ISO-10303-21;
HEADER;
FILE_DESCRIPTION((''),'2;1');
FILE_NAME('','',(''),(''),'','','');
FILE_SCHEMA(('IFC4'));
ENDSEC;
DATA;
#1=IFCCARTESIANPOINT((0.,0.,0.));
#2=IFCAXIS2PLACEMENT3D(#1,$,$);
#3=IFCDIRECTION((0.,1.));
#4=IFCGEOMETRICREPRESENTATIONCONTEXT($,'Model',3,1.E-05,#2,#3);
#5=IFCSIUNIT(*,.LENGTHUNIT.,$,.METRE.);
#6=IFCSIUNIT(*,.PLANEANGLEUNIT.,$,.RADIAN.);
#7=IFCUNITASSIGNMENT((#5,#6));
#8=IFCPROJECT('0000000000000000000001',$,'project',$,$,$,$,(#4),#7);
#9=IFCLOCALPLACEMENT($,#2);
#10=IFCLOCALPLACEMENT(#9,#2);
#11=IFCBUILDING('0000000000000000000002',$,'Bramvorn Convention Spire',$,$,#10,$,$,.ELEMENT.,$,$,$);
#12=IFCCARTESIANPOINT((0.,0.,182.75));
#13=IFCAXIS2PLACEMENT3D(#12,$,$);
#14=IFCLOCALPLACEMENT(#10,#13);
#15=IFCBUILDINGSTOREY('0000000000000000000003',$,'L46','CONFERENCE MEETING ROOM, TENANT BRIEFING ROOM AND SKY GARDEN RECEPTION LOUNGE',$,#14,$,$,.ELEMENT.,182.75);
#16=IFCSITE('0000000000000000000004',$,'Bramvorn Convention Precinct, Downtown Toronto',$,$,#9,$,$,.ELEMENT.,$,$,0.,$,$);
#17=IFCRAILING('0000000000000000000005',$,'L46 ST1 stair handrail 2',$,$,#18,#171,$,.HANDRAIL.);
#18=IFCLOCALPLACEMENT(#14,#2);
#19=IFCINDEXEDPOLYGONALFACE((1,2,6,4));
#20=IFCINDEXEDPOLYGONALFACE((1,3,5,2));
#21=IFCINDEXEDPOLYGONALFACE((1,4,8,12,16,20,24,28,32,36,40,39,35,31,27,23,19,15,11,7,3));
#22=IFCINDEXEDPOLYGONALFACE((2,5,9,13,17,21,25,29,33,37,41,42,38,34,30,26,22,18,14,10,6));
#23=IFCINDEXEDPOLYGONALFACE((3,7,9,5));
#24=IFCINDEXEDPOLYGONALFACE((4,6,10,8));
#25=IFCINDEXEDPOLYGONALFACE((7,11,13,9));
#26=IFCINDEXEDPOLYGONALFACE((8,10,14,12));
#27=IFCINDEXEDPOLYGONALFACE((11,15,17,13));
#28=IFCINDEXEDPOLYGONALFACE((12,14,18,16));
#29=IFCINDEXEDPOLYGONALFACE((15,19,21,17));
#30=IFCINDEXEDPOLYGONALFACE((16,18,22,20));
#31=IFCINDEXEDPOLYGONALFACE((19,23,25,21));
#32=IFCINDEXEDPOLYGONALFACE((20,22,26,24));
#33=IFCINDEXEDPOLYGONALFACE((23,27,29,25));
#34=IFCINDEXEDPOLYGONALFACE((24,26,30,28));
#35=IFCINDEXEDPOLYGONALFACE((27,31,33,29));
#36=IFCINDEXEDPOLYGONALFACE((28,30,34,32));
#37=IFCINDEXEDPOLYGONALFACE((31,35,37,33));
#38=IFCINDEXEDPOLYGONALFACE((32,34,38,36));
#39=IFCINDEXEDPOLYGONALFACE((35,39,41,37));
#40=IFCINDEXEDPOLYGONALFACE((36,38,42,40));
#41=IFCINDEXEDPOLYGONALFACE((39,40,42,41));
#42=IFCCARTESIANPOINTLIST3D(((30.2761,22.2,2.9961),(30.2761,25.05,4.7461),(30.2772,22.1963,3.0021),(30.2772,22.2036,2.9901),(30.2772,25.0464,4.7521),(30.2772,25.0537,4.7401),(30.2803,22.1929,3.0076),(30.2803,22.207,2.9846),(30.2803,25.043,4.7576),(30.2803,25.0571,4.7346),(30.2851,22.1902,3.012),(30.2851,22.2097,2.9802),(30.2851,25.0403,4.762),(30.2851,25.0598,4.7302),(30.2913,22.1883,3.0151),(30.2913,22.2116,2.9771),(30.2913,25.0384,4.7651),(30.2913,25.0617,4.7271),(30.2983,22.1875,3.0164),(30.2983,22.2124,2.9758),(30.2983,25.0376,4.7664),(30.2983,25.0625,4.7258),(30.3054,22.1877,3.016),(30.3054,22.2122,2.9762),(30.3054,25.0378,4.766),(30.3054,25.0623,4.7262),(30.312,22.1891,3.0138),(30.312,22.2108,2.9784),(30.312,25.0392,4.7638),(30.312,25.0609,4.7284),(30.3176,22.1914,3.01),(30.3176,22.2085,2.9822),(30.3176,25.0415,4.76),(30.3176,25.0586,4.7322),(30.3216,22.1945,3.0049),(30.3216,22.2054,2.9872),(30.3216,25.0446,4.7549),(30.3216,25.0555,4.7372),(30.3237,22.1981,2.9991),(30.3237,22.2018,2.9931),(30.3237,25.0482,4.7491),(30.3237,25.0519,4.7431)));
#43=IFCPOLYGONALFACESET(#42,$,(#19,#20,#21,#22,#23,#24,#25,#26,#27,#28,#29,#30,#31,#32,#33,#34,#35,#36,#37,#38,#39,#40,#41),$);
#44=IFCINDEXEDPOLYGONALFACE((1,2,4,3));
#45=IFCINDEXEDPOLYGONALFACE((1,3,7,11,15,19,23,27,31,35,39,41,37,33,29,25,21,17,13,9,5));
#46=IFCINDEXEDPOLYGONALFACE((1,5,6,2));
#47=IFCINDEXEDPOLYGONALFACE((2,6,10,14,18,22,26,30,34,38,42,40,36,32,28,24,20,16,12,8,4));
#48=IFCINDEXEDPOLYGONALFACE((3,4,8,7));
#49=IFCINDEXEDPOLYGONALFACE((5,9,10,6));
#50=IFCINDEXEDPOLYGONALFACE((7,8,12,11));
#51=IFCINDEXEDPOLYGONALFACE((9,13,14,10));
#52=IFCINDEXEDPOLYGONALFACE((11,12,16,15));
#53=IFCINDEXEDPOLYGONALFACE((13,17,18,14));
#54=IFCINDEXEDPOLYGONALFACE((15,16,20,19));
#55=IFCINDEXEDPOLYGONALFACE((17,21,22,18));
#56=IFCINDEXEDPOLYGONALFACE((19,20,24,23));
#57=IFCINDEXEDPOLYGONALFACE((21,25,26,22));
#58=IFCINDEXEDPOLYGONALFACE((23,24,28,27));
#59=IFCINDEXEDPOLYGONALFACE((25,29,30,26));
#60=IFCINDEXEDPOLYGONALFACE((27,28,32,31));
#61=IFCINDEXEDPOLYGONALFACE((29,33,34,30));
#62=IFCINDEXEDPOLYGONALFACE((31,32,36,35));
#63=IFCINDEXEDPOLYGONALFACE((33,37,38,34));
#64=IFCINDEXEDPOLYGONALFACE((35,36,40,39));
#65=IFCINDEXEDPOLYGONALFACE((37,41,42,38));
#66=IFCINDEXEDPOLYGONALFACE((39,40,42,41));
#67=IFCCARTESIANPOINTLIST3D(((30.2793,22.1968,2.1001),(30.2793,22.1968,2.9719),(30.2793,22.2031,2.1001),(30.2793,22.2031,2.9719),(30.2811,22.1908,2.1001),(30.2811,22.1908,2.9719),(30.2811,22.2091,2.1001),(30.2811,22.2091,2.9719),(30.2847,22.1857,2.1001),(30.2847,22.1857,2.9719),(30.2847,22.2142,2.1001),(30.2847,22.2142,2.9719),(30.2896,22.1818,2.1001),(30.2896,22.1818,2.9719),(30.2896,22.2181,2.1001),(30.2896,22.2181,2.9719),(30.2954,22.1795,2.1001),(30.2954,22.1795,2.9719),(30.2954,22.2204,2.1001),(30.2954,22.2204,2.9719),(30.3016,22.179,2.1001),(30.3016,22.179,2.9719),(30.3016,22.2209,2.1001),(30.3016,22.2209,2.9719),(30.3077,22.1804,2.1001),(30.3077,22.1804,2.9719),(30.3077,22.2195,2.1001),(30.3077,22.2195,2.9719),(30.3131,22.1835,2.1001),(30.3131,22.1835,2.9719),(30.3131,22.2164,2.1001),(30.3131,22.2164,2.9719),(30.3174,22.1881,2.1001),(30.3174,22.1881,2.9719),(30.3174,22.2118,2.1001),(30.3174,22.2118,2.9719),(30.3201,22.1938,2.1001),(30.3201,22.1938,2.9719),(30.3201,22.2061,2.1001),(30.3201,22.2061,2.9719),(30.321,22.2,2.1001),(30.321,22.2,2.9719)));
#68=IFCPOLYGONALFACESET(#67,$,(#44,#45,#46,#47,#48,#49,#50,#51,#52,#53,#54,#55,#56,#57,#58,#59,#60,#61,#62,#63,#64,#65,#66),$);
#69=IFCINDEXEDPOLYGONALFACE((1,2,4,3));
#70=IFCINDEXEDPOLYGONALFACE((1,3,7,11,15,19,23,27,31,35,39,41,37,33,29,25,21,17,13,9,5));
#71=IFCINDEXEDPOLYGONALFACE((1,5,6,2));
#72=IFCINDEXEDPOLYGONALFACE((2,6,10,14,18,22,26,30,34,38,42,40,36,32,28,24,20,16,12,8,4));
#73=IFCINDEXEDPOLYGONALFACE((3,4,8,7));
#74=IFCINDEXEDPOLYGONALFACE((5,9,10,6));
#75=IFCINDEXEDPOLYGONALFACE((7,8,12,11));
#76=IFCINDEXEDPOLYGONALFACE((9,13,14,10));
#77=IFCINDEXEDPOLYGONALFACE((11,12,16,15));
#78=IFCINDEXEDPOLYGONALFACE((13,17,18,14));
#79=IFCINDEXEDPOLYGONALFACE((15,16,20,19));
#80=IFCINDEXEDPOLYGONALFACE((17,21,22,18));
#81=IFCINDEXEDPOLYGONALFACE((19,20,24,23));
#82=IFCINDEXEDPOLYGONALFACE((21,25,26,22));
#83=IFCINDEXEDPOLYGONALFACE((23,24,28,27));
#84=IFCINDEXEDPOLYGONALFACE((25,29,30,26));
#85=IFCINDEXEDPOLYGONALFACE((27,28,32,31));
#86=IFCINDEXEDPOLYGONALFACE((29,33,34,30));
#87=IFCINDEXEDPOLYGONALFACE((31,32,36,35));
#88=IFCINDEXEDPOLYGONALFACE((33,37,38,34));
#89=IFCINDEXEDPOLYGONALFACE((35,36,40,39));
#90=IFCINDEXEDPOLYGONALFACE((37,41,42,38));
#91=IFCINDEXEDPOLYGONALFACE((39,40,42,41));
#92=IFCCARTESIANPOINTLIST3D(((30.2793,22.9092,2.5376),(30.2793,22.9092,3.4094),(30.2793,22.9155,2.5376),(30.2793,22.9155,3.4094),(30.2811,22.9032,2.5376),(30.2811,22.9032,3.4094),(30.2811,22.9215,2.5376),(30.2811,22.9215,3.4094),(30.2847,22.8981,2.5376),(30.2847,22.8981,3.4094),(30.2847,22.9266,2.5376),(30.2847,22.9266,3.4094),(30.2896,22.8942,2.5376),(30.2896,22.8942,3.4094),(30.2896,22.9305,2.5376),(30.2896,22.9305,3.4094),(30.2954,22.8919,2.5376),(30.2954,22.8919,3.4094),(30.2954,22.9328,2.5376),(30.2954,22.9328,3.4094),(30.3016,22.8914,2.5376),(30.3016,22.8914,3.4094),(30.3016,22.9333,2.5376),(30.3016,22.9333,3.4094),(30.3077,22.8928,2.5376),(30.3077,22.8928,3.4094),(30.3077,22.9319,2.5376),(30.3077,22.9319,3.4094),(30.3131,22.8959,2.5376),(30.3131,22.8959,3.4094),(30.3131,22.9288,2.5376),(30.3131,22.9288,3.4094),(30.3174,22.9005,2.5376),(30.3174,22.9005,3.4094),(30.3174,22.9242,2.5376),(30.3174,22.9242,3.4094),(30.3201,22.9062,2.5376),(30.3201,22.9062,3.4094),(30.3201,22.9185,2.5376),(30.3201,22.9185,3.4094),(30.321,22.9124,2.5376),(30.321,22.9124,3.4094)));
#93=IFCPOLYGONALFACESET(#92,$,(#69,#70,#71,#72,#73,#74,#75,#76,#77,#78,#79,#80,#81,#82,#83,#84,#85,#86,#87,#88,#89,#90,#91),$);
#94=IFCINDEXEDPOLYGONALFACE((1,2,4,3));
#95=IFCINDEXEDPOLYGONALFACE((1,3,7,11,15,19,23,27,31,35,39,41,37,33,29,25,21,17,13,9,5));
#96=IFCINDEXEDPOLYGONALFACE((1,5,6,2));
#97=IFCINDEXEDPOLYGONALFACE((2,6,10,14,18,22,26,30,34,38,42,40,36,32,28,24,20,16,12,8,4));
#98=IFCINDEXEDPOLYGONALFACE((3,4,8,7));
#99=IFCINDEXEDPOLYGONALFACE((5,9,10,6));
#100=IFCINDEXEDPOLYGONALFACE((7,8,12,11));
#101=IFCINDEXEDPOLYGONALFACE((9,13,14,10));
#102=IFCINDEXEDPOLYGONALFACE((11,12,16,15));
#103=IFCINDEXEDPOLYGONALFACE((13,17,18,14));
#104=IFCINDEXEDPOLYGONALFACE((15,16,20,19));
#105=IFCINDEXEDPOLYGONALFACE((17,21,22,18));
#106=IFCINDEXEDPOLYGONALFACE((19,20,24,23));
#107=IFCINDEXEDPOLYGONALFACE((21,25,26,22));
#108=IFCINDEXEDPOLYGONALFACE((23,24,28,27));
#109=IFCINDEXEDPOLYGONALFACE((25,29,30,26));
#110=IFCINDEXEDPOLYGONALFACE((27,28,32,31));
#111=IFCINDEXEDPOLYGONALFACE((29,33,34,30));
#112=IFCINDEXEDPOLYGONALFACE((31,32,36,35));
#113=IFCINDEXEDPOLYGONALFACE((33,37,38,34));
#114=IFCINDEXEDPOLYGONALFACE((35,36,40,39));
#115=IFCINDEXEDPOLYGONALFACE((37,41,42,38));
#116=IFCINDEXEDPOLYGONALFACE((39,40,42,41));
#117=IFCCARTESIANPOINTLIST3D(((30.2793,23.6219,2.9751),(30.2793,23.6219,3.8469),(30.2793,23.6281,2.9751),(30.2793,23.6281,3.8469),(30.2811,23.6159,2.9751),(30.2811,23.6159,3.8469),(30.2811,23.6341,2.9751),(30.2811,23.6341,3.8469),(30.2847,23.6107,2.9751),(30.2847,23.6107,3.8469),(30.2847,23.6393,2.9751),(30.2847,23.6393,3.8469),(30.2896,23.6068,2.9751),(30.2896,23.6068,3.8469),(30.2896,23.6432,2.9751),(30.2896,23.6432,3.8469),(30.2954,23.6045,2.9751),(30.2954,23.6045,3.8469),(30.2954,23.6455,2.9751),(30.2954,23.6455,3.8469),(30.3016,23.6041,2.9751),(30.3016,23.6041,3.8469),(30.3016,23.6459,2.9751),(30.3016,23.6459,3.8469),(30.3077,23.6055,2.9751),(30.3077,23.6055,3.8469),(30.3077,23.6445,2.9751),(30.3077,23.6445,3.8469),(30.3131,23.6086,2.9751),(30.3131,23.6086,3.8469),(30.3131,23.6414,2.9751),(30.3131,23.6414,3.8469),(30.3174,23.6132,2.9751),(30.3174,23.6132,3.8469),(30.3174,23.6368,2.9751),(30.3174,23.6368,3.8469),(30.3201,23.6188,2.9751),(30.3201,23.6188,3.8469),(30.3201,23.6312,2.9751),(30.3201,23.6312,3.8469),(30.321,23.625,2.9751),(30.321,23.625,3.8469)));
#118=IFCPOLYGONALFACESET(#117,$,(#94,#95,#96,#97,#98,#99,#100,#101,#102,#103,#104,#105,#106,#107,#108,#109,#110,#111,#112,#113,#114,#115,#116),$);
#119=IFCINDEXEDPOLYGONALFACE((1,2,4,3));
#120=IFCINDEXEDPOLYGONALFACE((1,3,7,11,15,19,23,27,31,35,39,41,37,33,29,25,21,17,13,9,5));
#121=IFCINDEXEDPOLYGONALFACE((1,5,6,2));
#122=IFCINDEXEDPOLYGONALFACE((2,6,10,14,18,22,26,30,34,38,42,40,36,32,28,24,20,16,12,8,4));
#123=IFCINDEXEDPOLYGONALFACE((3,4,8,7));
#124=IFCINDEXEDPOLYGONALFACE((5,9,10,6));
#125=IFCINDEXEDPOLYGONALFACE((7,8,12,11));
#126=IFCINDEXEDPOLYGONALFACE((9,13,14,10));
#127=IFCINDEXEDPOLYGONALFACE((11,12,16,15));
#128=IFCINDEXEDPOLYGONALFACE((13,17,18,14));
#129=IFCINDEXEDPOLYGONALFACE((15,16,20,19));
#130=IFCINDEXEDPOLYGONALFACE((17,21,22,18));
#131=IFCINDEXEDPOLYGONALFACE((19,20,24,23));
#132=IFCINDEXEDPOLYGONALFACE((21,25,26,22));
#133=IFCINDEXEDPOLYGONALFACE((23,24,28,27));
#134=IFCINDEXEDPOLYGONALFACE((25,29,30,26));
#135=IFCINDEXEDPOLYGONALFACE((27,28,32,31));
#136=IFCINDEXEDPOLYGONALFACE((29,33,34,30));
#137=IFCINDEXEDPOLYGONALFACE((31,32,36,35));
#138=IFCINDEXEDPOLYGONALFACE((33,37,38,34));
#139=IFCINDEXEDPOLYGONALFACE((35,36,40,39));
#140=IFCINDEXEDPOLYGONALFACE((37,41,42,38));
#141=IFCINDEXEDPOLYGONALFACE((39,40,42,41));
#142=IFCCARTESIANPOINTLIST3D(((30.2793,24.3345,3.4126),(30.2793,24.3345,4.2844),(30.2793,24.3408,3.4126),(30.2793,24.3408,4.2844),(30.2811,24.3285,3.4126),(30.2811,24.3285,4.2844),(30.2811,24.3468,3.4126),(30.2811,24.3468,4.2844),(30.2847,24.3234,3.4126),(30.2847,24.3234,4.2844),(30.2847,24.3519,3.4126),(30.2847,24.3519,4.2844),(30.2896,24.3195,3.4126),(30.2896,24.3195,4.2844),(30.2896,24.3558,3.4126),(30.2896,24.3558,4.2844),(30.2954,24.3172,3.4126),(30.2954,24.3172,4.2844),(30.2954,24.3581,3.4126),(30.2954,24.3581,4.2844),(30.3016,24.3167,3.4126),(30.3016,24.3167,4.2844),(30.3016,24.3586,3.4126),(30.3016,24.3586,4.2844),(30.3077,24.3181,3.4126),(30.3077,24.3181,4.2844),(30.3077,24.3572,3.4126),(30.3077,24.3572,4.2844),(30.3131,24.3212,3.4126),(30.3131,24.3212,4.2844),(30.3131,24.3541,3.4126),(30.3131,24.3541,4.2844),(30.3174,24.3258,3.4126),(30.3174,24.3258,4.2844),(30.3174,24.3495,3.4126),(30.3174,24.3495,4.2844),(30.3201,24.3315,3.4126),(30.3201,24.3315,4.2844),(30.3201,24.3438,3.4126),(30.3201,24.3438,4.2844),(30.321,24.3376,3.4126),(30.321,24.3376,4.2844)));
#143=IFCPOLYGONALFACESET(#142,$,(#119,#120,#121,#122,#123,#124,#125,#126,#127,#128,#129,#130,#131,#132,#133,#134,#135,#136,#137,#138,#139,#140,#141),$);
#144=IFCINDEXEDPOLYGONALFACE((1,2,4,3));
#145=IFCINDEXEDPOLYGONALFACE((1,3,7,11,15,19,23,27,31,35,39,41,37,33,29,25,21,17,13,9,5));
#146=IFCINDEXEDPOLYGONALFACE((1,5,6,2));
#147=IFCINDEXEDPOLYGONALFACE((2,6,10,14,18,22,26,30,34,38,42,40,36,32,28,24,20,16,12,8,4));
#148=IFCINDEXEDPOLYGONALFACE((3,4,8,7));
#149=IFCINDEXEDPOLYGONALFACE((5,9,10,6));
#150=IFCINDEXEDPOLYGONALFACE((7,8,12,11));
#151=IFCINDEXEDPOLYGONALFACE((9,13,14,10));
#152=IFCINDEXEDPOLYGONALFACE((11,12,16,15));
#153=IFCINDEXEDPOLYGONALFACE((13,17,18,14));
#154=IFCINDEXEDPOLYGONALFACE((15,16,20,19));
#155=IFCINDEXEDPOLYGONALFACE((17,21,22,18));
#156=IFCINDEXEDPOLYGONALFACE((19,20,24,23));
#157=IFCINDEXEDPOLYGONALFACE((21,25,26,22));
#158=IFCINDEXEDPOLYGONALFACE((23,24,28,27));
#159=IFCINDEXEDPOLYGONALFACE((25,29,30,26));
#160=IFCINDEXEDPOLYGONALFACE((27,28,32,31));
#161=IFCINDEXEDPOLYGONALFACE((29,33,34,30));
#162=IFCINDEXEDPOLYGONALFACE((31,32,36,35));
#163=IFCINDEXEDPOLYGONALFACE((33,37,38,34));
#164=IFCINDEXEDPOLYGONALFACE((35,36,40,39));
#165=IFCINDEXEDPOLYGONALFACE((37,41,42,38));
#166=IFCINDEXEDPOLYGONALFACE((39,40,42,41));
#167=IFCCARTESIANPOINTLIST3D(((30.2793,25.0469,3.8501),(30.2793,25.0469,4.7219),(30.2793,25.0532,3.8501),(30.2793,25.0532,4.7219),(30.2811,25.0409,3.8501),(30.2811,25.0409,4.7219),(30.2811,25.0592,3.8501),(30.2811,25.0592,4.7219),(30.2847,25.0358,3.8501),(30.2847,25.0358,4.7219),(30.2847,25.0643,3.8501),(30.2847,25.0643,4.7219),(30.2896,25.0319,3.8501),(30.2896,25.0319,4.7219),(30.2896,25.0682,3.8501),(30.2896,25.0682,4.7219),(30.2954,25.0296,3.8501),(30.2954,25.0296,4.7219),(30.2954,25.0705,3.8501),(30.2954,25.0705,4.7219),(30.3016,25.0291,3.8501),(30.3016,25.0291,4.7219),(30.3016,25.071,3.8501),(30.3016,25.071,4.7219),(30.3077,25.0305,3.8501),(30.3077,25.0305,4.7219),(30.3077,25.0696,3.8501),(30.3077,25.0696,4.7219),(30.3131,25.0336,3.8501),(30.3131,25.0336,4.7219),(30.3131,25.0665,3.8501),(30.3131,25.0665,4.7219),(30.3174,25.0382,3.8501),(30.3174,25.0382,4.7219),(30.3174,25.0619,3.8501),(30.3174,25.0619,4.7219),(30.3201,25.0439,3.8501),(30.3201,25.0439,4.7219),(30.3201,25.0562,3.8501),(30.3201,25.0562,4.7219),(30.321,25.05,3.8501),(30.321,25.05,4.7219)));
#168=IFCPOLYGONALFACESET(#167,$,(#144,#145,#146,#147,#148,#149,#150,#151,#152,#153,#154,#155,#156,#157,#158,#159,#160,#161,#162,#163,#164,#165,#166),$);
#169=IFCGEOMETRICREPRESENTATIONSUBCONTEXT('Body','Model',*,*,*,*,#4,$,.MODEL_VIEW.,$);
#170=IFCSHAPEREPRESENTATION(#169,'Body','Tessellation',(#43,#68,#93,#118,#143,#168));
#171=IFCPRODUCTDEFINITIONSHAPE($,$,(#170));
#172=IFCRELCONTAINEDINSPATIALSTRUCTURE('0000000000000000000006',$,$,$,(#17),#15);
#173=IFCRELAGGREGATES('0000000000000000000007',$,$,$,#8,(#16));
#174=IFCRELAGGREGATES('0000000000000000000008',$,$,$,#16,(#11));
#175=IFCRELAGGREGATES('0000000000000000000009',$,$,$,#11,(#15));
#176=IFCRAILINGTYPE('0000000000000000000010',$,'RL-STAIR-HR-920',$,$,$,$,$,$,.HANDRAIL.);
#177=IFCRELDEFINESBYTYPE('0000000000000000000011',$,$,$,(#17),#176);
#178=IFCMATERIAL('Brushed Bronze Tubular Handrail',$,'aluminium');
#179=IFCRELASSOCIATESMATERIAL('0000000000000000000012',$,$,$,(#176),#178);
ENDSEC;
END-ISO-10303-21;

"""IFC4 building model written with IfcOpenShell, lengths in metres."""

from ifc_helpers import new_model, si_unit, direction, frame, origin, origin_2d, place, context, subcontext, project, spatial, circle, extrude, material, type_object, element, save


model = new_model("IFC4")

# Units and contexts
model_context = context("Model", 3, precision=1e-05, world=origin(), true_north=direction((0.0, 1.0)))
body_context = subcontext(model_context, "Body", "Model", "MODEL_VIEW")
ifc_project = project(units=[si_unit("LENGTHUNIT", "METRE"), si_unit("PLANEANGLEUNIT", "RADIAN")], contexts=[model_context])

# Site, building, storey
site_placement = place(None, origin())
site = spatial("IfcSite", under=ifc_project, at=site_placement, Name="Bramvorn Convention Precinct, Downtown Toronto", CompositionType="ELEMENT", RefElevation=0.0)
building_placement = place(site_placement, origin())
building = spatial("IfcBuilding", under=site, at=building_placement, Name="Bramvorn Convention Spire", CompositionType="ELEMENT")
storey_placement = place(building_placement, frame((0.0, 0.0, 182.75)))
storey = spatial("IfcBuildingStorey", under=building, at=storey_placement, Name="L46", Description="CONFERENCE MEETING ROOM, TENANT BRIEFING ROOM AND SKY GARDEN RECEPTION LOUNGE", CompositionType="ELEMENT", Elevation=182.75)

# Railing
ifc_material_1 = material(Name="Brushed Bronze Tubular Handrail", Category="aluminium")
railing_type_1 = type_object("IfcRailingType", Name="RL-STAIR-HR-920", PredefinedType="HANDRAIL", material=ifc_material_1)
railing_1_placement = place(storey_placement, frame((30.3, 22.2, 2.1001)))
element("IfcRailing", 1, at=railing_1_placement, inside=storey, type_object=railing_type_1, Name="L46 ST1 stair handrail 2", PredefinedType="HANDRAIL", context=body_context, shape_type="SweptSolid", body=[
    extrude(circle(Radius=0.0239, at=origin_2d()), frame((0.0, 0.0, 0.896), z_axis=(0.0, 0.852179, 0.52325), x_axis=(-1.0, 0.0, 0.0)), (0.0, 0.0, 1.0), 3.3445),
    extrude(circle(Radius=0.021, at=origin_2d()), origin(), (0.0, 0.0, 1.0), 0.8718),
    extrude(circle(Radius=0.021, at=origin_2d()), frame((0.0, 0.7124, 0.4375)), (0.0, 0.0, 1.0), 0.8718),
    extrude(circle(Radius=0.021, at=origin_2d()), frame((0.0, 1.425, 0.875)), (0.0, 0.0, 1.0), 0.8718),
    extrude(circle(Radius=0.021, at=origin_2d()), frame((0.0, 2.1377, 1.3125)), (0.0, 0.0, 1.0), 0.8718),
    extrude(circle(Radius=0.021, at=origin_2d()), frame((0.0, 2.8501, 1.75)), (0.0, 0.0, 1.0), 0.8718),
])

save(model, "model.ifc")
